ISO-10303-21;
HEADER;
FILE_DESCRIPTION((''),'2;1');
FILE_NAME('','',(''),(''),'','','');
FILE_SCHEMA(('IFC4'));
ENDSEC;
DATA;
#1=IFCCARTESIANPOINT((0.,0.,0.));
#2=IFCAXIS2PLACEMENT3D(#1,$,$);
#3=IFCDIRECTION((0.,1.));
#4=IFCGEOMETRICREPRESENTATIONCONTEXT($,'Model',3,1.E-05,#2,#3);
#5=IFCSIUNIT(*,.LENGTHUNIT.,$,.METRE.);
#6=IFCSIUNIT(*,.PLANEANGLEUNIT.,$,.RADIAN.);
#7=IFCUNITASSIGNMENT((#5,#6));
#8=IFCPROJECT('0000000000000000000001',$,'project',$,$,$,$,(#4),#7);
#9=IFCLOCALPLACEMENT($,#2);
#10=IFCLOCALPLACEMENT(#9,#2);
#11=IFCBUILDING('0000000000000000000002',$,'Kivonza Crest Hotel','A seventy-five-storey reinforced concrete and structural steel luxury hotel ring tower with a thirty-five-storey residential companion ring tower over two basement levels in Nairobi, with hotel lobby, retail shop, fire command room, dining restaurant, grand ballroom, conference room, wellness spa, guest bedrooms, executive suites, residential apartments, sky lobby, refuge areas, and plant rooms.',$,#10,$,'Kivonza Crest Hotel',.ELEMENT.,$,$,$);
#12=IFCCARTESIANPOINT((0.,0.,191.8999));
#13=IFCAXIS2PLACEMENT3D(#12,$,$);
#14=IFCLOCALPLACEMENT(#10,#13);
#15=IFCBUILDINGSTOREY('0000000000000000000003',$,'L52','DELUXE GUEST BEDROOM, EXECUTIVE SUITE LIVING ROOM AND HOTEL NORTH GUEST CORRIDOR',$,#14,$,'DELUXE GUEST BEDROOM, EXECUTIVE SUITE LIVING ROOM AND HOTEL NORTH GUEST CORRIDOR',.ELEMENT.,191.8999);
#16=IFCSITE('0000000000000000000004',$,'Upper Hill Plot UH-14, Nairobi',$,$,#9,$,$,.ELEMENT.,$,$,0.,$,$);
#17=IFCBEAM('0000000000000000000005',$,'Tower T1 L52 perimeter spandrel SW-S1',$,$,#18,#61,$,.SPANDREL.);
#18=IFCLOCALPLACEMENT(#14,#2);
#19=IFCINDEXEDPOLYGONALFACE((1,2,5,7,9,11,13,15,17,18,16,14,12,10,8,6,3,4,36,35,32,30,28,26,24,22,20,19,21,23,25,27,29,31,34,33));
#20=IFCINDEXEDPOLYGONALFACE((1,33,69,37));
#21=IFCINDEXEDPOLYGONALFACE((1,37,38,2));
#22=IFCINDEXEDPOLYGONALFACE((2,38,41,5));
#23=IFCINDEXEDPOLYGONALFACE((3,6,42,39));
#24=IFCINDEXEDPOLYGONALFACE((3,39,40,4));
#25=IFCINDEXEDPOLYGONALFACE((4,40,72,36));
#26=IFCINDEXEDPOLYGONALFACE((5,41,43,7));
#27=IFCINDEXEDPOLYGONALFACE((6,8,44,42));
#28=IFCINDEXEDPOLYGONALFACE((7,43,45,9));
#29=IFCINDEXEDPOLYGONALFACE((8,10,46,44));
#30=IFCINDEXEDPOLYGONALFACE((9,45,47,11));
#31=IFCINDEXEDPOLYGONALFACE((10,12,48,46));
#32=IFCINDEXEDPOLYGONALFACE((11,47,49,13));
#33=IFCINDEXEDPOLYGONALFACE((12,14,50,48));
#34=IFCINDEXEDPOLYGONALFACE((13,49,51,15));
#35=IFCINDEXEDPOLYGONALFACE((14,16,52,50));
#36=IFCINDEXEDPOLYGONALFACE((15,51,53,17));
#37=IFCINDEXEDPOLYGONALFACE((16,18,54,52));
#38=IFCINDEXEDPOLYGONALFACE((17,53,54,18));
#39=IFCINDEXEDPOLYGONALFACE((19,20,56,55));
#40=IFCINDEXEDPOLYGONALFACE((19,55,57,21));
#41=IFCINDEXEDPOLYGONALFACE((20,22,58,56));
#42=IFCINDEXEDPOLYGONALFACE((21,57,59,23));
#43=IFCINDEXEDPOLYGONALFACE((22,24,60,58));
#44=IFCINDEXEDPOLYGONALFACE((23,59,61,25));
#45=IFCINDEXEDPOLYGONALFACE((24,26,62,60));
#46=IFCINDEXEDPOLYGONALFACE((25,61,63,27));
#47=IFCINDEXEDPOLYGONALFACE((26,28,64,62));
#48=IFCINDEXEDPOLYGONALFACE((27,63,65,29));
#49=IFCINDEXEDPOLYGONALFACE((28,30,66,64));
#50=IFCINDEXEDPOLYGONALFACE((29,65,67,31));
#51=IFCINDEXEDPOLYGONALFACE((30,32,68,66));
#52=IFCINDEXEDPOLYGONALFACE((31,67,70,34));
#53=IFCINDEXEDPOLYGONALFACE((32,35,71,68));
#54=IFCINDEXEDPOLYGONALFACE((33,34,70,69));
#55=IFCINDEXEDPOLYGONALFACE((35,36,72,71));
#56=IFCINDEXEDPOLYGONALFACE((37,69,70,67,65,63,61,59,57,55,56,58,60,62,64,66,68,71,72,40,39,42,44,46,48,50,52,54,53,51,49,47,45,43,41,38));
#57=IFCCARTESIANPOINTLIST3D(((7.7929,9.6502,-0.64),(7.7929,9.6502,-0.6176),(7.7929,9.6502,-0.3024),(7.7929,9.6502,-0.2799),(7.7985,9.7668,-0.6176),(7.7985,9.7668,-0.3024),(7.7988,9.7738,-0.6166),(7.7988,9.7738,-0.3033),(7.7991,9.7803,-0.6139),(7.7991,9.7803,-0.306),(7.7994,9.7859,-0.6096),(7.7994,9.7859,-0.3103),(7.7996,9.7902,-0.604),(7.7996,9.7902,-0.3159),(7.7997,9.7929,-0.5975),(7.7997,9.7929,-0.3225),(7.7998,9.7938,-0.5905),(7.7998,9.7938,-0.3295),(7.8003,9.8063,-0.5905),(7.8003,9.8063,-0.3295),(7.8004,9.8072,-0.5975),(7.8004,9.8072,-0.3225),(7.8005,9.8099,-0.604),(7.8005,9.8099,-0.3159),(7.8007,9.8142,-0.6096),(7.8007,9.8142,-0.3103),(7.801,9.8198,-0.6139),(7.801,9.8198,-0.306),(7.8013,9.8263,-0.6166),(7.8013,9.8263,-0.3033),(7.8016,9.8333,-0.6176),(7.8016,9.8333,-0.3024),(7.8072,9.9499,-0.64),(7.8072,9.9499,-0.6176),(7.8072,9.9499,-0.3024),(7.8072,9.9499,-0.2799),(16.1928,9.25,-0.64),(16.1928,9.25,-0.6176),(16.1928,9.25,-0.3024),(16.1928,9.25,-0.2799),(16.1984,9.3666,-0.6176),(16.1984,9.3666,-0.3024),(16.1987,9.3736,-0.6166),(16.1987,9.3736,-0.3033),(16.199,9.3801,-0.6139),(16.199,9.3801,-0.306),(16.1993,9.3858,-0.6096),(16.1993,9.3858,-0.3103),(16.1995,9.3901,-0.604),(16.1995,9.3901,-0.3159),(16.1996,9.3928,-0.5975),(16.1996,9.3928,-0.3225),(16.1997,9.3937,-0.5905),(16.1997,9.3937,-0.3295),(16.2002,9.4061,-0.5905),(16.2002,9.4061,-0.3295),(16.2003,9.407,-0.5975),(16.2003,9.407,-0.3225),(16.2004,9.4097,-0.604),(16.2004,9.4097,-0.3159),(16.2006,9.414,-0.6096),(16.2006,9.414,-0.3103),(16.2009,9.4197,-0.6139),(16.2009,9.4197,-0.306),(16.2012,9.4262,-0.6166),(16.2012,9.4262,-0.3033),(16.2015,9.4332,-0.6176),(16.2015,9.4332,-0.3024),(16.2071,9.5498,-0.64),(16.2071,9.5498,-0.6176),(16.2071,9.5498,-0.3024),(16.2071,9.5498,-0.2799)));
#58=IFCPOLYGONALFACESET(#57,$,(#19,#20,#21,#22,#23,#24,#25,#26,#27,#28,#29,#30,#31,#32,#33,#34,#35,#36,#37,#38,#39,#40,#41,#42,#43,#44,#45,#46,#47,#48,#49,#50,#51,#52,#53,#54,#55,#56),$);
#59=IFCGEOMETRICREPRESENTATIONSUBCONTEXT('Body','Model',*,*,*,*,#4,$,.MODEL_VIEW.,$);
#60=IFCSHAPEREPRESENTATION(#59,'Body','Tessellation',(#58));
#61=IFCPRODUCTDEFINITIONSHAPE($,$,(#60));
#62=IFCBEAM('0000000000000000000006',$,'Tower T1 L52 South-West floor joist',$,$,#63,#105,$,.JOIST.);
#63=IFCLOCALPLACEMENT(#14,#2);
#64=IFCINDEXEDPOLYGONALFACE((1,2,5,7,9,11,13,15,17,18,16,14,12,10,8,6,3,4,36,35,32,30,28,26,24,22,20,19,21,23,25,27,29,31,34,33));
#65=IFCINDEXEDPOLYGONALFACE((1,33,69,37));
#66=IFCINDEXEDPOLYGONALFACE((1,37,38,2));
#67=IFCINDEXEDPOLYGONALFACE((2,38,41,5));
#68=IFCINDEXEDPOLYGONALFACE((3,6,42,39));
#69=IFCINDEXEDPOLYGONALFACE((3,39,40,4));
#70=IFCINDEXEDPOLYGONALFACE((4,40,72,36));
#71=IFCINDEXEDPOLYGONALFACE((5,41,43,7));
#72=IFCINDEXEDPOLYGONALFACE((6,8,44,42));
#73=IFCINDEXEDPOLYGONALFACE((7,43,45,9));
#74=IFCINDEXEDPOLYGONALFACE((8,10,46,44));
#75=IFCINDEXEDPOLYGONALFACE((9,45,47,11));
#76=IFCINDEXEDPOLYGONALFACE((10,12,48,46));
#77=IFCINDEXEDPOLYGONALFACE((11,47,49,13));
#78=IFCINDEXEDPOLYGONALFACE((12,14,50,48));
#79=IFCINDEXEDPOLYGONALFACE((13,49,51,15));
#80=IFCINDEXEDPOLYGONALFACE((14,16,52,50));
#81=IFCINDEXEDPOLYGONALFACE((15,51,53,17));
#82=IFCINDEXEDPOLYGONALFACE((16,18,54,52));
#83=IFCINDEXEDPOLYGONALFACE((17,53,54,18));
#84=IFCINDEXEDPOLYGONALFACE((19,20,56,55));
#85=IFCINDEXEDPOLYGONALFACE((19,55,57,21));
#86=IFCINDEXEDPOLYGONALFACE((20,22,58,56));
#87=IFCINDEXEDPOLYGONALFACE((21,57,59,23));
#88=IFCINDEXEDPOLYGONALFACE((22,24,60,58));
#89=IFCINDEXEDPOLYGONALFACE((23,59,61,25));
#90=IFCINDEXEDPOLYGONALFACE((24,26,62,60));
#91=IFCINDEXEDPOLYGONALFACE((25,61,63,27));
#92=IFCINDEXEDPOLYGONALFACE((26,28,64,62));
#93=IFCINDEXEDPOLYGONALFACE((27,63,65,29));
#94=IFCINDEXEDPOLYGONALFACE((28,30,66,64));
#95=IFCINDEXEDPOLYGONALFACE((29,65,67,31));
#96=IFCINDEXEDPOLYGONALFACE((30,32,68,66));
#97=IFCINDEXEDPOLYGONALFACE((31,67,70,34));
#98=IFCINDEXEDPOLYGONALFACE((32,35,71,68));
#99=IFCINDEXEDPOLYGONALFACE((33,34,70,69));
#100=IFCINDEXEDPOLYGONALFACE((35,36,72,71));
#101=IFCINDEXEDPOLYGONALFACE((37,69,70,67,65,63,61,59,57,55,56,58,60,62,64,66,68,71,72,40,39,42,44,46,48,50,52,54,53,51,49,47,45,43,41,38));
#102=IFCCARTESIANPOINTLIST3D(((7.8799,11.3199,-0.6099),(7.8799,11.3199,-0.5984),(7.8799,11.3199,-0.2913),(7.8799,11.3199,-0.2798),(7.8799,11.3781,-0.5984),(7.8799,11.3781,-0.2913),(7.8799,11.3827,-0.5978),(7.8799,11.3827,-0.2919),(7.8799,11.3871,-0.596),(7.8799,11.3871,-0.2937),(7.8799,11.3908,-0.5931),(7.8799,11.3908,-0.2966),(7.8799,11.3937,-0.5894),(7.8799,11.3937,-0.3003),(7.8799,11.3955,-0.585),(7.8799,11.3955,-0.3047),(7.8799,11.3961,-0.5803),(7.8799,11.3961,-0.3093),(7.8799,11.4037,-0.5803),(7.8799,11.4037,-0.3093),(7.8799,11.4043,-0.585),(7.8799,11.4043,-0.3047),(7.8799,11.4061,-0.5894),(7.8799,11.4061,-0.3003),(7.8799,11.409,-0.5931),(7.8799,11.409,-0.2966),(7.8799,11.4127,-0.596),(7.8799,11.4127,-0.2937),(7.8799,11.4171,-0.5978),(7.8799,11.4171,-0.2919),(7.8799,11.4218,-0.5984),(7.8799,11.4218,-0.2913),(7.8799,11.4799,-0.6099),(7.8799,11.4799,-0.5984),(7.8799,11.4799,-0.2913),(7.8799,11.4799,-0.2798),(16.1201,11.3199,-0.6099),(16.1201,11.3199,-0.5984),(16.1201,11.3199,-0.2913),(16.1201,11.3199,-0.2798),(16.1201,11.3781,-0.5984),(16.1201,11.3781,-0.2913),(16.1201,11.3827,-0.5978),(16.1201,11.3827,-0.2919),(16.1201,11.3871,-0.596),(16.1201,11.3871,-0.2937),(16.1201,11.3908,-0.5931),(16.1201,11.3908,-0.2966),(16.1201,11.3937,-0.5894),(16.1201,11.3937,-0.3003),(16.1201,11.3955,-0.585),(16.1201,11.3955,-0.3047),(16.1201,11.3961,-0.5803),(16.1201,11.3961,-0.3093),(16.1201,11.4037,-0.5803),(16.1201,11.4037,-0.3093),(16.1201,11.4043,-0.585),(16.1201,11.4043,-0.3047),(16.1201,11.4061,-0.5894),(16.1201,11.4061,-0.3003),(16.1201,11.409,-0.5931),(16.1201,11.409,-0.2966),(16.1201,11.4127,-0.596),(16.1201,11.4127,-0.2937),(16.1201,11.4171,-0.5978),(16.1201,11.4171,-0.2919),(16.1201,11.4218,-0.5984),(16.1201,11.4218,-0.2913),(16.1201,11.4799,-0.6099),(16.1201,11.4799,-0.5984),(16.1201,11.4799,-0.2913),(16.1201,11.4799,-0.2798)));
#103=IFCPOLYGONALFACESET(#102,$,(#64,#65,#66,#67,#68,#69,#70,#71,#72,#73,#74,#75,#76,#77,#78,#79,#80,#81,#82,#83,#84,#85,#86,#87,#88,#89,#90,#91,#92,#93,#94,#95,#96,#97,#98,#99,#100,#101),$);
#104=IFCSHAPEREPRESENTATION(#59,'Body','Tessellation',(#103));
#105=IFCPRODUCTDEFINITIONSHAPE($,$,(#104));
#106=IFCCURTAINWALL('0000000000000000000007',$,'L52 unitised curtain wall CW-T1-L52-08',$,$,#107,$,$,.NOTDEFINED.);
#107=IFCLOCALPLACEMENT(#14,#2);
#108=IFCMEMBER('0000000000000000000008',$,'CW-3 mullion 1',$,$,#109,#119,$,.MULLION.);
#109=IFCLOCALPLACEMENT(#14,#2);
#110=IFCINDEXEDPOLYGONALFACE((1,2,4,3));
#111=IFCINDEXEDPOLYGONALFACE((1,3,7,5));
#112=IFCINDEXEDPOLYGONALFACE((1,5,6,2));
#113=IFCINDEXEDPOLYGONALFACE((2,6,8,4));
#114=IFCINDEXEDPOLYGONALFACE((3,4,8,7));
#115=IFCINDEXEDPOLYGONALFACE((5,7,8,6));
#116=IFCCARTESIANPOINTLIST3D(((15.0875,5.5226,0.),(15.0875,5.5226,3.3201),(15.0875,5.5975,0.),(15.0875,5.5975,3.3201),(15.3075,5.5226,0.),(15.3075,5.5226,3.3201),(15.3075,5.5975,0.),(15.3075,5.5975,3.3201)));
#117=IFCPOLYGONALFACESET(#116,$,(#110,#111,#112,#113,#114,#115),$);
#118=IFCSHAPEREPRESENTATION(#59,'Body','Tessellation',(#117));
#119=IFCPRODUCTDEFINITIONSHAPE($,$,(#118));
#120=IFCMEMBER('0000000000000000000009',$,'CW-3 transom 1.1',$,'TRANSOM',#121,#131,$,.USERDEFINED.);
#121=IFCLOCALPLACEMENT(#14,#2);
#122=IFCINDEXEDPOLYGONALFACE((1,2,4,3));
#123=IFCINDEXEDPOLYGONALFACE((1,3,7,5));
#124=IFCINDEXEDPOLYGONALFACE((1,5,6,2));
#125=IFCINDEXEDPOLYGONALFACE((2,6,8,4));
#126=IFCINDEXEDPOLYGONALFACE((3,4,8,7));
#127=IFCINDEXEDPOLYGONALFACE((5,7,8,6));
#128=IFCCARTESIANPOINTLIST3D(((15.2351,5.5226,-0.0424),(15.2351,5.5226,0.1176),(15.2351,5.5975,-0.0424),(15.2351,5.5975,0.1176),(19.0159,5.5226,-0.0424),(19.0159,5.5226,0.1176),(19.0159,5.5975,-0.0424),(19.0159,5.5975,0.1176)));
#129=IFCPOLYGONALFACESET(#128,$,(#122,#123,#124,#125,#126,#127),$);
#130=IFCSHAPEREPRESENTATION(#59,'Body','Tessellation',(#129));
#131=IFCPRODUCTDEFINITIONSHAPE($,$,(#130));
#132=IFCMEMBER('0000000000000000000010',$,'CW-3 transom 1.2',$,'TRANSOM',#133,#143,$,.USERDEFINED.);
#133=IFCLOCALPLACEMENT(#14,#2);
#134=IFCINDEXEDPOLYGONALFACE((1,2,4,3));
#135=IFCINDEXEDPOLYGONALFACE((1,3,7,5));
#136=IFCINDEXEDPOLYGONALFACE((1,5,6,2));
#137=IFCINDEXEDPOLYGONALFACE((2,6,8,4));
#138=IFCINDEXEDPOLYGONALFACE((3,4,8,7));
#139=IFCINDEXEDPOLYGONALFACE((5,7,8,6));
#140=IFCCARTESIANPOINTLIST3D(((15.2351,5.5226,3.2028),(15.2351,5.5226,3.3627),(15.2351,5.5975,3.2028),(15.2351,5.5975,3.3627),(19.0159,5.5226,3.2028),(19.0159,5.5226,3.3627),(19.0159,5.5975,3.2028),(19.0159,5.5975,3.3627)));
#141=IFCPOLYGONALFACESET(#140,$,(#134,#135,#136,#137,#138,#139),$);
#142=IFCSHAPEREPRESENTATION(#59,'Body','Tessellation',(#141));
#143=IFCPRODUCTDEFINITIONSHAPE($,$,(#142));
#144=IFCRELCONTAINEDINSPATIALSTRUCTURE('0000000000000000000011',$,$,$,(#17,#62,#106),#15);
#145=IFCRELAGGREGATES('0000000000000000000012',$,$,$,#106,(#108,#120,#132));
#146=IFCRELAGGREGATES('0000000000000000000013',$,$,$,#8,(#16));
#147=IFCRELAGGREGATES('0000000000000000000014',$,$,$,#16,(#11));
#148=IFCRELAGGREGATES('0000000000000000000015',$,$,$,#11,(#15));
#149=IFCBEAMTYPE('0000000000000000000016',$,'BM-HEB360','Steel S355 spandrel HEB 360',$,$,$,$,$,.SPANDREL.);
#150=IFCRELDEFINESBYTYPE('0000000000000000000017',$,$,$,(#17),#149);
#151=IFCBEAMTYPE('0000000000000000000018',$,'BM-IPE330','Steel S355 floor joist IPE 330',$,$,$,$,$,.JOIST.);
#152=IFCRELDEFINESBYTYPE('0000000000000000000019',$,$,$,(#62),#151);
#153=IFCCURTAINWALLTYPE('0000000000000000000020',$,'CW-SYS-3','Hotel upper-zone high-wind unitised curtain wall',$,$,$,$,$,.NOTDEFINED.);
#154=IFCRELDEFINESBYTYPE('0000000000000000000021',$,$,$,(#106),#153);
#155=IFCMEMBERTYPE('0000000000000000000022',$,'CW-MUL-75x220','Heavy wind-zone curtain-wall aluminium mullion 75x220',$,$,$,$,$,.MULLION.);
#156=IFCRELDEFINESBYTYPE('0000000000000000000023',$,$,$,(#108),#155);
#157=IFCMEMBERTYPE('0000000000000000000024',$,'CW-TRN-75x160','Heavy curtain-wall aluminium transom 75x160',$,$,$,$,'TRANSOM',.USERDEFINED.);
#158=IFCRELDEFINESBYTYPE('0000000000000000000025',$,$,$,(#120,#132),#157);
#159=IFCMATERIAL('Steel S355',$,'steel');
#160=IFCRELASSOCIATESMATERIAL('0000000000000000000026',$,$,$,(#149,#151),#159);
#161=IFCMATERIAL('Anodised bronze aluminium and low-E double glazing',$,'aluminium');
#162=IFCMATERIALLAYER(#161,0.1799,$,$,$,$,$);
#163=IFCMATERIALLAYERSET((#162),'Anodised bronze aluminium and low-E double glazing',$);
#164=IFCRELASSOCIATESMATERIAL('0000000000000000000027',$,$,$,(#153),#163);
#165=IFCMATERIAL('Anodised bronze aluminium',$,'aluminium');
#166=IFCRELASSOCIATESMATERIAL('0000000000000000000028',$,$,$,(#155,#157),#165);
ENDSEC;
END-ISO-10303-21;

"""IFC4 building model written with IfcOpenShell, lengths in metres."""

from ifc_helpers import new_model, si_unit, direction, frame, origin, origin_2d, place, context, subcontext, project, spatial, rectangle, i_section, extrude, material, layer, layer_set, material_profile, profile_set, type_object, element, aggregate, save


model = new_model("IFC4")

# Units and contexts
model_context = context("Model", 3, precision=1e-05, world=origin(), true_north=direction((0.0, 1.0)))
body_context = subcontext(model_context, "Body", "Model", "MODEL_VIEW")
ifc_project = project(units=[si_unit("LENGTHUNIT", "METRE"), si_unit("PLANEANGLEUNIT", "RADIAN")], contexts=[model_context])

# Site, building, storey
site_placement = place(None, origin())
site = spatial("IfcSite", under=ifc_project, at=site_placement, Name="Upper Hill Plot UH-14, Nairobi", CompositionType="ELEMENT", RefElevation=0.0)
building_placement = place(site_placement, origin())
building = spatial("IfcBuilding", under=site, at=building_placement, Name="Kivonza Crest Hotel", Description="A seventy-five-storey reinforced concrete and structural steel luxury hotel ring tower with a thirty-five-storey residential companion ring tower over two basement levels in Nairobi, with hotel lobby, retail shop, fire command room, dining restaurant, grand ballroom, conference room, wellness spa, guest bedrooms, executive suites, residential apartments, sky lobby, refuge areas, and plant rooms.", LongName="Kivonza Crest Hotel", CompositionType="ELEMENT")
storey_placement = place(building_placement, frame((0.0, 0.0, 191.8999)))
storey = spatial("IfcBuildingStorey", under=building, at=storey_placement, Name="L52", Description="DELUXE GUEST BEDROOM, EXECUTIVE SUITE LIVING ROOM AND HOTEL NORTH GUEST CORRIDOR", LongName="DELUXE GUEST BEDROOM, EXECUTIVE SUITE LIVING ROOM AND HOTEL NORTH GUEST CORRIDOR", CompositionType="ELEMENT", Elevation=191.8999)

# Beams
ifc_material_1 = material(Name="Steel S355", Category="steel")
ifc_material_profile_1 = material_profile(ifc_material_1, i_section(OverallWidth=0.3, OverallDepth=0.3601, WebThickness=0.0125, FlangeThickness=0.0225, FilletRadius=0.0271, at=origin_2d()), Name="HEB 360")
ifc_profile_set_1 = profile_set([ifc_material_profile_1], Name="Steel S355")
beam_type_1 = type_object("IfcBeamType", Name="BM-HEB360", Description="Steel S355 spandrel HEB 360", PredefinedType="SPANDREL", material=ifc_profile_set_1)
beam_1_placement = place(storey_placement, frame((7.8, 9.8, -0.46), z_axis=(0.998867, -0.047583, 0.0), x_axis=(0.047583, 0.998867, 0.0)))
element("IfcBeam", 1, at=beam_1_placement, inside=storey, type_object=beam_type_1, Name="Tower T1 L52 perimeter spandrel SW-S1", PredefinedType="SPANDREL", context=body_context, shape_type="SweptSolid", body=[
    extrude(i_section(OverallWidth=0.3, OverallDepth=0.3601, WebThickness=0.0125, FlangeThickness=0.0225, FilletRadius=0.0271, at=origin_2d()), origin(), (0.0, 0.0, 1.0), 8.4094),
])
ifc_material_profile_2 = material_profile(ifc_material_1, i_section(OverallWidth=0.1599, OverallDepth=0.3301, WebThickness=0.0076, FlangeThickness=0.0115, FilletRadius=0.0181, at=origin_2d()), Name="IPE 330")
ifc_profile_set_2 = profile_set([ifc_material_profile_2], Name="Steel S355")
beam_type_2 = type_object("IfcBeamType", Name="BM-IPE330", Description="Steel S355 floor joist IPE 330", PredefinedType="JOIST", material=ifc_profile_set_2)
beam_2_placement = place(storey_placement, frame((7.8799, 11.3999, -0.4448), z_axis=(1.0, 0.0, 0.0), x_axis=(0.0, 1.0, 0.0)))
element("IfcBeam", 2, at=beam_2_placement, inside=storey, type_object=beam_type_2, Name="Tower T1 L52 South-West floor joist", PredefinedType="JOIST", context=body_context, shape_type="SweptSolid", body=[
    extrude(i_section(OverallWidth=0.1599, OverallDepth=0.3301, WebThickness=0.0076, FlangeThickness=0.0115, FilletRadius=0.0181, at=origin_2d()), origin(), (0.0, 0.0, 1.0), 8.2402),
])

# Curtain wall, members
ifc_material_2 = material(Name="Anodised bronze aluminium and low-E double glazing", Category="aluminium")
ifc_layer_1 = layer(ifc_material_2, 0.1799)
ifc_layer_set_1 = layer_set([ifc_layer_1], Name="Anodised bronze aluminium and low-E double glazing")
curtain_wall_type = type_object("IfcCurtainWallType", Name="CW-SYS-3", Description="Hotel upper-zone high-wind unitised curtain wall", PredefinedType="NOTDEFINED", material=ifc_layer_set_1)
curtain_wall_placement = place(storey_placement, origin())
curtain_wall = element("IfcCurtainWall", 3, at=curtain_wall_placement, inside=storey, type_object=curtain_wall_type, Name="L52 unitised curtain wall CW-T1-L52-08", PredefinedType="NOTDEFINED")
ifc_material_3 = material(Name="Anodised bronze aluminium", Category="aluminium")
ifc_material_profile_3 = material_profile(ifc_material_3, rectangle(XDim=0.075, YDim=0.22, at=origin_2d()), Name="CW-M 75x220")
ifc_profile_set_3 = profile_set([ifc_material_profile_3], Name="Anodised bronze aluminium")
member_type_1 = type_object("IfcMemberType", Name="CW-MUL-75x220", Description="Heavy wind-zone curtain-wall aluminium mullion 75x220", PredefinedType="MULLION", material=ifc_profile_set_3)
member_1_placement = place(storey_placement, frame((15.1975, 5.5601, 0.0), z_axis=(0.0, 0.0, 1.0), x_axis=(0.0, 1.0, 0.0)))
member_1 = element("IfcMember", 4, at=member_1_placement, type_object=member_type_1, Name="CW-3 mullion 1", PredefinedType="MULLION", context=body_context, shape_type="SweptSolid", body=[
    extrude(rectangle(XDim=0.075, YDim=0.22, at=origin_2d()), origin(), (0.0, 0.0, 1.0), 3.3201),
])
ifc_material_profile_4 = material_profile(ifc_material_3, rectangle(XDim=0.075, YDim=0.1599, at=origin_2d()), Name="CW-T 75x160")
ifc_profile_set_4 = profile_set([ifc_material_profile_4], Name="Anodised bronze aluminium")
member_type_2 = type_object("IfcMemberType", Name="CW-TRN-75x160", Description="Heavy curtain-wall aluminium transom 75x160", ElementType="TRANSOM", PredefinedType="USERDEFINED", material=ifc_profile_set_4)
member_2_placement = place(storey_placement, frame((15.2351, 5.5601, 0.0376), z_axis=(1.0, 0.0, 0.0), x_axis=(0.0, 1.0, 0.0)))
member_2 = element("IfcMember", 5, at=member_2_placement, type_object=member_type_2, Name="CW-3 transom 1.1", ObjectType="TRANSOM", PredefinedType="USERDEFINED", context=body_context, shape_type="SweptSolid", body=[
    extrude(rectangle(XDim=0.075, YDim=0.1599, at=origin_2d()), origin(), (0.0, 0.0, 1.0), 3.7808),
])
member_3_placement = place(storey_placement, frame((15.2351, 5.5601, 3.2827), z_axis=(1.0, 0.0, 0.0), x_axis=(0.0, 1.0, 0.0)))
member_3 = element("IfcMember", 6, at=member_3_placement, type_object=member_type_2, Name="CW-3 transom 1.2", ObjectType="TRANSOM", PredefinedType="USERDEFINED", context=body_context, shape_type="SweptSolid", body=[
    extrude(rectangle(XDim=0.075, YDim=0.1599, at=origin_2d()), origin(), (0.0, 0.0, 1.0), 3.7808),
])
aggregate(curtain_wall, [member_1, member_2, member_3])

save(model, "model.ifc")
